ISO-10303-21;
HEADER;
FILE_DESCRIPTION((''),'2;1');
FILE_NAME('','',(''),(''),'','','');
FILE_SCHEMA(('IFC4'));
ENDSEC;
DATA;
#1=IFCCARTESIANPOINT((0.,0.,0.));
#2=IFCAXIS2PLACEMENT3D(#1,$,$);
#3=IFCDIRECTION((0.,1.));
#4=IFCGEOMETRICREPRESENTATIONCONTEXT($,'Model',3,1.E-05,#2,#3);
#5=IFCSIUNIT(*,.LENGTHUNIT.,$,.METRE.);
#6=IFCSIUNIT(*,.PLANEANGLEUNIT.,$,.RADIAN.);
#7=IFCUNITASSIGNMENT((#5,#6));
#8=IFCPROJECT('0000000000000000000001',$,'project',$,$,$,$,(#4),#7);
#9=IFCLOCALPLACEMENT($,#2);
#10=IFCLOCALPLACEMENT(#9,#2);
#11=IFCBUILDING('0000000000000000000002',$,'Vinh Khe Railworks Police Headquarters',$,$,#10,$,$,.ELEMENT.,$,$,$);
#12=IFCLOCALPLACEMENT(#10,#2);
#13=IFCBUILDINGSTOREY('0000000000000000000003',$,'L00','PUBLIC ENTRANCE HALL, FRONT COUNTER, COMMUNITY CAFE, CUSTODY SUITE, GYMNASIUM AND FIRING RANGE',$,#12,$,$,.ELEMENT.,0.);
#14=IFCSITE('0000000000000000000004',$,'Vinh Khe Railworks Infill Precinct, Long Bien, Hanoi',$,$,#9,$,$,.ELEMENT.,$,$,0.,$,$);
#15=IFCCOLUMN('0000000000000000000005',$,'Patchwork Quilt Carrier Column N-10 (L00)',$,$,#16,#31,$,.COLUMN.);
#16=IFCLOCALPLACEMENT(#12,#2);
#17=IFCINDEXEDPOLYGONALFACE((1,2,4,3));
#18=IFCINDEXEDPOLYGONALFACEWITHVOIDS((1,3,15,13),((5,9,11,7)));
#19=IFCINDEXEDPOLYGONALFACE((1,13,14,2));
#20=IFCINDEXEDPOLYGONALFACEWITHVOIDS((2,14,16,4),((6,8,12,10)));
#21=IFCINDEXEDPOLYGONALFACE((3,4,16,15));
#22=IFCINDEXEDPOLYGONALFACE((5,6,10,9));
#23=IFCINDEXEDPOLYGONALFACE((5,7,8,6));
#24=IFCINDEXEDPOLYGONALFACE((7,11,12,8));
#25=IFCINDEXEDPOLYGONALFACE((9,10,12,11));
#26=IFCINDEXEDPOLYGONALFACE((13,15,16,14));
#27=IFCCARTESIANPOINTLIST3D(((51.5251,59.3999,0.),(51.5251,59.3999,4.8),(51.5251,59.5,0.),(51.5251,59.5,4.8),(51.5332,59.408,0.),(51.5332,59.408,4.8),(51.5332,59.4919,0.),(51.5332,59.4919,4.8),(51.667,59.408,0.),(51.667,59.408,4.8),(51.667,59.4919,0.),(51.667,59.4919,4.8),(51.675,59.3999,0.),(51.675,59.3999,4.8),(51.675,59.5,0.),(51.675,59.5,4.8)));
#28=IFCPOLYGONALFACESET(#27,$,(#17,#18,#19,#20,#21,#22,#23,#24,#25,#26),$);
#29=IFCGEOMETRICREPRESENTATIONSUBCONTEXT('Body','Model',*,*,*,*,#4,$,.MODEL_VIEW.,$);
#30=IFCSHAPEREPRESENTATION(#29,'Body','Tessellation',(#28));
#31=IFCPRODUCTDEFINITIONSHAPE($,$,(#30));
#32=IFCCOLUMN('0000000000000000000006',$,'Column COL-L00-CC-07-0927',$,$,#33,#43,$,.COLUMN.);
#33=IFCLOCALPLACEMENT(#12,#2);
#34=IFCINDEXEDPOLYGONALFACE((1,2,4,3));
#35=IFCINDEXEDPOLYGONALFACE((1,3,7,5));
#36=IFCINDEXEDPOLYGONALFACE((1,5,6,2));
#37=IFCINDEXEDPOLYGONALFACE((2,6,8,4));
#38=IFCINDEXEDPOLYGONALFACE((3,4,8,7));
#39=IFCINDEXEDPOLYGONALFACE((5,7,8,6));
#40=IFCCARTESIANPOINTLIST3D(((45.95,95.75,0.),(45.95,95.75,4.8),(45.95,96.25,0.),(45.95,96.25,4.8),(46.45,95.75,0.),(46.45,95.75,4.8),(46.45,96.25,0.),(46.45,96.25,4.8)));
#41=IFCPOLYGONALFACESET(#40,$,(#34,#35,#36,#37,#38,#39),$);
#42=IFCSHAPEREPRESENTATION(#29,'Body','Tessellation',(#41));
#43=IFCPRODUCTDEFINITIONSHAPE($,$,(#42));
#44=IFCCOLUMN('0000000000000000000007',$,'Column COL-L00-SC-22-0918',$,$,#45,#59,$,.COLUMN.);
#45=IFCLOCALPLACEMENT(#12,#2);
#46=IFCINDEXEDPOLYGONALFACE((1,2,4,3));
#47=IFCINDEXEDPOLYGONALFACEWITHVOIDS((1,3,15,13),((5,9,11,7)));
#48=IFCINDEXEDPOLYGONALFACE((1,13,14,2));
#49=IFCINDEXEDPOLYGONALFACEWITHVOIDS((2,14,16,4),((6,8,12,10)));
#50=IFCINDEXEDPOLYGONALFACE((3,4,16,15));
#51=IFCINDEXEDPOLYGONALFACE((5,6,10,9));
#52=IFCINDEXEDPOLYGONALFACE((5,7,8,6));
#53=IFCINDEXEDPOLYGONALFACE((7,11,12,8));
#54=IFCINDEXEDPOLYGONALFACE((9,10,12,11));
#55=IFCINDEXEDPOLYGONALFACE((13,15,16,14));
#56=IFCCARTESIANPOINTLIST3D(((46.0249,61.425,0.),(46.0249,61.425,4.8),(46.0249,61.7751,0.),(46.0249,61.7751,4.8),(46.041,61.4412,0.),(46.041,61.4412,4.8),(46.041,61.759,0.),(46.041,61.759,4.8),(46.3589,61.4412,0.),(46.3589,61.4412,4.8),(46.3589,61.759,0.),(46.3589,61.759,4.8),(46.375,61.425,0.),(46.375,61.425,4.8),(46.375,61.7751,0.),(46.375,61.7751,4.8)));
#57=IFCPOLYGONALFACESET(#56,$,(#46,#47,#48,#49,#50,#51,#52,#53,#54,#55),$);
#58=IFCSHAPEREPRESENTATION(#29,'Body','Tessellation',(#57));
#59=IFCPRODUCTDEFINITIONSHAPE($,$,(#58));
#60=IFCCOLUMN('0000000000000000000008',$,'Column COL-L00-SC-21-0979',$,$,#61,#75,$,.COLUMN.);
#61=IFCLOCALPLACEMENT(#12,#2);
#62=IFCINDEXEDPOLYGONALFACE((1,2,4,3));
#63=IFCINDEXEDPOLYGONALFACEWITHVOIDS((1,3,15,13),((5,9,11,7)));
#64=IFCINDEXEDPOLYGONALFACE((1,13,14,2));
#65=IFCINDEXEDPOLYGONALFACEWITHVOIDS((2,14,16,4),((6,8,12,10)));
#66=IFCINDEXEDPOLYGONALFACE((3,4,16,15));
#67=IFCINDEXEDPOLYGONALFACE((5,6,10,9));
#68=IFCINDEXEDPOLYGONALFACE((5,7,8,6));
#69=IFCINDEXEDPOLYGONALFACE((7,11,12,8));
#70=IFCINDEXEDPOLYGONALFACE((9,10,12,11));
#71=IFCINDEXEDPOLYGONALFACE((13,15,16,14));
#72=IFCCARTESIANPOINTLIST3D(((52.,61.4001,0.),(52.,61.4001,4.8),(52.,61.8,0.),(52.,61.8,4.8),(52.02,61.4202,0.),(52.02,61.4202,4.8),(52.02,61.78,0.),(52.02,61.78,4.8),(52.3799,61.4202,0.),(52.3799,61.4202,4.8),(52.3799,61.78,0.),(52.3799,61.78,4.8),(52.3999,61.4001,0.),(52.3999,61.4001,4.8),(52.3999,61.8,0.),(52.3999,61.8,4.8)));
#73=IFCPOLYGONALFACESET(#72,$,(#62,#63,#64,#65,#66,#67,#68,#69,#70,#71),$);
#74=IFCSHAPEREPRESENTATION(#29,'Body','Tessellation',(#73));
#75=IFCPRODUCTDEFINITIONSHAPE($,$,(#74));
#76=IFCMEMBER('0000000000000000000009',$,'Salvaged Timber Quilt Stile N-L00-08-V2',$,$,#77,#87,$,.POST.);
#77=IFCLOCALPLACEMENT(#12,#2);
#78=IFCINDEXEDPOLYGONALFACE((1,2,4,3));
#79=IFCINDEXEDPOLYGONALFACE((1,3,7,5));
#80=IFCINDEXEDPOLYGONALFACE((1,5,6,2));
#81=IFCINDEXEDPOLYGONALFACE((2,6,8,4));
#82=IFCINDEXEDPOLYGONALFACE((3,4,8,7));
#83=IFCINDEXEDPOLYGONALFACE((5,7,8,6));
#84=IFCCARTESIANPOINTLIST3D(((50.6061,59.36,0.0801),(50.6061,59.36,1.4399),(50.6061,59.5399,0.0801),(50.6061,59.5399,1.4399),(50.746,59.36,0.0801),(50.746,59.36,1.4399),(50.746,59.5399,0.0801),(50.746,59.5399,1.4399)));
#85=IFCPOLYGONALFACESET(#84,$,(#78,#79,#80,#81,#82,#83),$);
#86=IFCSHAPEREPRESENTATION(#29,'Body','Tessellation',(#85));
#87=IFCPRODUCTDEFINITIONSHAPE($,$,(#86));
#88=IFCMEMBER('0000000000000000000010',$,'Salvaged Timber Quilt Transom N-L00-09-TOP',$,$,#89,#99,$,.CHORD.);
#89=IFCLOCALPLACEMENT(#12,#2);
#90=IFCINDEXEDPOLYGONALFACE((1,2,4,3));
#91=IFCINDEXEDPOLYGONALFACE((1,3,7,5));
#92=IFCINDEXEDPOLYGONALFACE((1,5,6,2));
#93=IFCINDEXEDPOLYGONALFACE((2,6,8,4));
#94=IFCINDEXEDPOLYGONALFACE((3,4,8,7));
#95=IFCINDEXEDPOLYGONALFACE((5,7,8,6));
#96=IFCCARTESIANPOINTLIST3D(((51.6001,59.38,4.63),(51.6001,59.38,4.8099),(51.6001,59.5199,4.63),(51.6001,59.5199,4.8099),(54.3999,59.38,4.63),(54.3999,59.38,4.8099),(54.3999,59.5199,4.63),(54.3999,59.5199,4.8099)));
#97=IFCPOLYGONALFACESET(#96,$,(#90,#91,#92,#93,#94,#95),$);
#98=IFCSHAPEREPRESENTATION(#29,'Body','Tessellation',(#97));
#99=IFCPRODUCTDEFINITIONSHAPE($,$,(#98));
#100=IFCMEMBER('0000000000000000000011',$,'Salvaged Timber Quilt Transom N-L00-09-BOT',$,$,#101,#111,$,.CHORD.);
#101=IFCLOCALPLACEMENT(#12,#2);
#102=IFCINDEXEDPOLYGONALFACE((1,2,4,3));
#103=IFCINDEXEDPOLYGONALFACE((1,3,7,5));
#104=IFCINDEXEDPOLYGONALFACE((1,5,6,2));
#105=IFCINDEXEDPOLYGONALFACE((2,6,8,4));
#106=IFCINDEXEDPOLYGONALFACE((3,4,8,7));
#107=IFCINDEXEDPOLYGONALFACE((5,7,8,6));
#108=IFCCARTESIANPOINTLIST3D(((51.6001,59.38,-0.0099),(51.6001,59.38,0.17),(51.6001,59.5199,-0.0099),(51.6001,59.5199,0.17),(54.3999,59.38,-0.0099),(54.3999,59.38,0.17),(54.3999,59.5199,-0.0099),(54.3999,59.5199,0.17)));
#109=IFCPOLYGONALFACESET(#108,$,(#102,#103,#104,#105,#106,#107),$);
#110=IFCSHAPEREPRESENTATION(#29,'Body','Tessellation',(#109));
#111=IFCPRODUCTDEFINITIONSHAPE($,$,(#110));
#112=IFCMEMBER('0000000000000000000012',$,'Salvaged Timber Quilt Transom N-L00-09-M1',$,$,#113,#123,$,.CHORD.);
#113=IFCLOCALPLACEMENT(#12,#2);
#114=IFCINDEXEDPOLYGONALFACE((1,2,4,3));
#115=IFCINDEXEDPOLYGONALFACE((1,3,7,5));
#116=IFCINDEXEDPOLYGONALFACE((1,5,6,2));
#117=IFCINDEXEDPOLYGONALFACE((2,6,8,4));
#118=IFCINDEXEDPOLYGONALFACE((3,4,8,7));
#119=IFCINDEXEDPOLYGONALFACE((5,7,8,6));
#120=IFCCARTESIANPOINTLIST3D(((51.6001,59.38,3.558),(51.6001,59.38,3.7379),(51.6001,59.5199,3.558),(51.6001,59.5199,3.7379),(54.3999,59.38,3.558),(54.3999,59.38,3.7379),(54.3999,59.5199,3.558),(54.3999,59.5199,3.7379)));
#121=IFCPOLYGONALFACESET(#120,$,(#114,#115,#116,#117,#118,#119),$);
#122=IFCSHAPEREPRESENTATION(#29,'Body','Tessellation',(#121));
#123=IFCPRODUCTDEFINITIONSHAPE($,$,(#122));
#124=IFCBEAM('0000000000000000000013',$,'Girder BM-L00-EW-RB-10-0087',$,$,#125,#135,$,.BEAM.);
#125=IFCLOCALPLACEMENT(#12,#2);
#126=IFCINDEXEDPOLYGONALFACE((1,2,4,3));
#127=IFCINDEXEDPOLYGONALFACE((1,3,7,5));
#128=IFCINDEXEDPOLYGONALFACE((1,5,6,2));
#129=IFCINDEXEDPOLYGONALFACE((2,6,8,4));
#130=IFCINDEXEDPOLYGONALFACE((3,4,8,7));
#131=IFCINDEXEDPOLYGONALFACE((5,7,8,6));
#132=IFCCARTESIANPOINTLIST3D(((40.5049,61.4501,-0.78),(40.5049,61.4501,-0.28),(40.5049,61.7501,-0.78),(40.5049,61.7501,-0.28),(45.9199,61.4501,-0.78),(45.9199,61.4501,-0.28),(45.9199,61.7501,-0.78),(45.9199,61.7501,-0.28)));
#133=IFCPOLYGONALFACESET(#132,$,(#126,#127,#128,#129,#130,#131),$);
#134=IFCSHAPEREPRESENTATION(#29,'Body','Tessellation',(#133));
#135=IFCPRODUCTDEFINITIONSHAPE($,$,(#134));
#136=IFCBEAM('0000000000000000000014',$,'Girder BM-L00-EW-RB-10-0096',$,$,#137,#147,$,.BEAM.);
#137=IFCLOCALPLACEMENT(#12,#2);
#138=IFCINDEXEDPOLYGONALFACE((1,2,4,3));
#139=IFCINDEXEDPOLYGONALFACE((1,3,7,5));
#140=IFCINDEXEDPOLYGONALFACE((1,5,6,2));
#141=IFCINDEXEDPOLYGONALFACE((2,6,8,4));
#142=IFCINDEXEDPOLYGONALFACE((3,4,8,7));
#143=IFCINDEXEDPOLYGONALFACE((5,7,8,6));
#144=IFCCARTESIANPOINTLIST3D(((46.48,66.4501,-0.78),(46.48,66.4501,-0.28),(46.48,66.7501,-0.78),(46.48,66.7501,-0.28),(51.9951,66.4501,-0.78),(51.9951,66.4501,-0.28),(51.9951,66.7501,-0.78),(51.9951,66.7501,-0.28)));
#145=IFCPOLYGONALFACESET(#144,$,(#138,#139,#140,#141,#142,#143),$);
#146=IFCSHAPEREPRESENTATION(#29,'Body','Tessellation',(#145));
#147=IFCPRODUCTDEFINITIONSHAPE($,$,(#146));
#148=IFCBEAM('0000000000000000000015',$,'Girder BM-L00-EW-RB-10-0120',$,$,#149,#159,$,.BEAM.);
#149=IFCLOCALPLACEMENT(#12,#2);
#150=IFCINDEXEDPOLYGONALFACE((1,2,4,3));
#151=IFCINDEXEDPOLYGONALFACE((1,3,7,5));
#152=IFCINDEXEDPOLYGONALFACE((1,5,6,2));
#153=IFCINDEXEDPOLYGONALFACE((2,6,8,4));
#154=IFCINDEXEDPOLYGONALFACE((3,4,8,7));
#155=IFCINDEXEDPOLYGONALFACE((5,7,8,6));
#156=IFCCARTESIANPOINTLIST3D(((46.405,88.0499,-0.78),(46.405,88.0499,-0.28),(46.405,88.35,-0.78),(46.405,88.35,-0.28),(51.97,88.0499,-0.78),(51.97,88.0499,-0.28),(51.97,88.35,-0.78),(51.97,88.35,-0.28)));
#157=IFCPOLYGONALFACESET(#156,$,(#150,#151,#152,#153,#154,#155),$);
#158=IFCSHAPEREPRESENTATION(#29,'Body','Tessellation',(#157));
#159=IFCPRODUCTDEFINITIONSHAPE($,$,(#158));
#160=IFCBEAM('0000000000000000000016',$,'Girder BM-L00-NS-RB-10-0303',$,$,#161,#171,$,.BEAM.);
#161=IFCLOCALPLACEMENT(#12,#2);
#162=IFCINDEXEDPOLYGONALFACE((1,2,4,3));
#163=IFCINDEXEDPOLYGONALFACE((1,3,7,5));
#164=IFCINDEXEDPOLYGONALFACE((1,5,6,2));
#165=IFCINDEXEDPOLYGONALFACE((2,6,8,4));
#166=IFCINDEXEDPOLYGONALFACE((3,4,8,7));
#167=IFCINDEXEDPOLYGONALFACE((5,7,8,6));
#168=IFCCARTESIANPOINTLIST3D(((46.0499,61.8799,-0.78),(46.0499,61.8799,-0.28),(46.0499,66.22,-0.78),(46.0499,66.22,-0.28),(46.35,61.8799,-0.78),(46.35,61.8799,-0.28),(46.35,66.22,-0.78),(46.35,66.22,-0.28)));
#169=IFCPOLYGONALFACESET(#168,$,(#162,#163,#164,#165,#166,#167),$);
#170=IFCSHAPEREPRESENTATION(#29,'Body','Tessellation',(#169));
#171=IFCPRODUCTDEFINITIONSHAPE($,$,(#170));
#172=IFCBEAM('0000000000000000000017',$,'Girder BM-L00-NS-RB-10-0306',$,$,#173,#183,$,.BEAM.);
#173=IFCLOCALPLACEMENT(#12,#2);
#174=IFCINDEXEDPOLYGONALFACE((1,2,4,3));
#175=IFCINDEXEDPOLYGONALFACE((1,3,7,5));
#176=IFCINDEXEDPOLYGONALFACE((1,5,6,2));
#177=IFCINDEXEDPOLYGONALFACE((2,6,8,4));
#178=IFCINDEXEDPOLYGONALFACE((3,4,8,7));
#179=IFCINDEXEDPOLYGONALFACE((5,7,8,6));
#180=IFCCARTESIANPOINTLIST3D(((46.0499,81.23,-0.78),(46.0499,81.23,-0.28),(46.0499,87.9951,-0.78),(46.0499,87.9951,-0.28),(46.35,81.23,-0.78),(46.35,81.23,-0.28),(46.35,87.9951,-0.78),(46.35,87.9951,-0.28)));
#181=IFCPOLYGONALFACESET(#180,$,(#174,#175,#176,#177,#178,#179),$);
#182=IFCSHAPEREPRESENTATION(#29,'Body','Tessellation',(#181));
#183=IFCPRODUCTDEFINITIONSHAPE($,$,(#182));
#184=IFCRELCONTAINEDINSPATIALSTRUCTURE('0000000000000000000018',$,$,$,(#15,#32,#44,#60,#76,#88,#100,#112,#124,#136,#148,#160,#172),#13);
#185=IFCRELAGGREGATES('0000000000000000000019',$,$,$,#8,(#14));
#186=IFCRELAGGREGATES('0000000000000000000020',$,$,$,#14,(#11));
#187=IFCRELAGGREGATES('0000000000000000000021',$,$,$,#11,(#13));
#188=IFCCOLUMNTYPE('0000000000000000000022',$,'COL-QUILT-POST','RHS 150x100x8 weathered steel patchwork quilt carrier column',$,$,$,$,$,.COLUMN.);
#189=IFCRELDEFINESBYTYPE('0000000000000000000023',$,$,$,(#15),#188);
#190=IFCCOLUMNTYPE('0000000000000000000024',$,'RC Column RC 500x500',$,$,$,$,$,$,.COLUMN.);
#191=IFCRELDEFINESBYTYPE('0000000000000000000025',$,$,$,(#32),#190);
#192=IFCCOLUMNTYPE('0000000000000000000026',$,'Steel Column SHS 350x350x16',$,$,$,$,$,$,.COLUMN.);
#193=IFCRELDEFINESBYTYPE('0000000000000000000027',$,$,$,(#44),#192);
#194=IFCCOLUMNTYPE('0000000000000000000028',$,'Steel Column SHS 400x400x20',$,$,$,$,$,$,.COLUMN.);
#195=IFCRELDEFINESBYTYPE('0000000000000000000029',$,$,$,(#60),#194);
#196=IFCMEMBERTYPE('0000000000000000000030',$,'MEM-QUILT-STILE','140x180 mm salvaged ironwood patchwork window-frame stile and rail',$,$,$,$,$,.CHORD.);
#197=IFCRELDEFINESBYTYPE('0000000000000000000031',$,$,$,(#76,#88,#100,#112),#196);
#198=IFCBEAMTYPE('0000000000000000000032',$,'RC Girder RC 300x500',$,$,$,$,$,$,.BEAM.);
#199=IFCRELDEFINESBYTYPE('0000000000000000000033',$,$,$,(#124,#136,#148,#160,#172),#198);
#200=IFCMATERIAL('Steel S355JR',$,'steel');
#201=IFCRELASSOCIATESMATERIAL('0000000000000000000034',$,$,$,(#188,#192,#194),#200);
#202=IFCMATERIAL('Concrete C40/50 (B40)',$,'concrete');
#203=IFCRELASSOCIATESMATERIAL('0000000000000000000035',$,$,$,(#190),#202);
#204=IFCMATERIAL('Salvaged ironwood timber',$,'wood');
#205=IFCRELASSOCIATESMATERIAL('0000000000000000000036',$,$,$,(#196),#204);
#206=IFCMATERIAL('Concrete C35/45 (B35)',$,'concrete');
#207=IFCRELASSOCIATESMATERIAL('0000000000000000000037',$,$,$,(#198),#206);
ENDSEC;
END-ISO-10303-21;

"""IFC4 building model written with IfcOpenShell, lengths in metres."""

from ifc_helpers import new_model, si_unit, direction, frame, origin, origin_2d, place, context, subcontext, project, spatial, rectangle, hollow_rectangle, extrude, material, material_profile, profile_set, type_object, element, save


model = new_model("IFC4")

# Units and contexts
model_context = context("Model", 3, precision=1e-05, world=origin(), true_north=direction((0.0, 1.0)))
body_context = subcontext(model_context, "Body", "Model", "MODEL_VIEW")
ifc_project = project(units=[si_unit("LENGTHUNIT", "METRE"), si_unit("PLANEANGLEUNIT", "RADIAN")], contexts=[model_context])

# Site, building, storey
site_placement = place(None, origin())
site = spatial("IfcSite", under=ifc_project, at=site_placement, Name="Vinh Khe Railworks Infill Precinct, Long Bien, Hanoi", CompositionType="ELEMENT", RefElevation=0.0)
building_placement = place(site_placement, origin())
building = spatial("IfcBuilding", under=site, at=building_placement, Name="Vinh Khe Railworks Police Headquarters", CompositionType="ELEMENT")
storey_placement = place(building_placement, origin())
storey = spatial("IfcBuildingStorey", under=building, at=storey_placement, Name="L00", Description="PUBLIC ENTRANCE HALL, FRONT COUNTER, COMMUNITY CAFE, CUSTODY SUITE, GYMNASIUM AND FIRING RANGE", CompositionType="ELEMENT", Elevation=0.0)

# Columns
ifc_material_1 = material(Name="Steel S355JR", Category="steel")
ifc_material_profile_1 = material_profile(ifc_material_1, hollow_rectangle(XDim=0.1499, YDim=0.1001, WallThickness=0.0081, at=origin_2d()), Name="RHS 150x100x8")
ifc_profile_set_1 = profile_set([ifc_material_profile_1], Name="Steel S355JR")
column_type_1 = type_object("IfcColumnType", Name="COL-QUILT-POST", Description="RHS 150x100x8 weathered steel patchwork quilt carrier column", PredefinedType="COLUMN", material=ifc_profile_set_1)
column_1_placement = place(storey_placement, frame((51.6001, 59.45, 0.0), z_axis=(0.0, 0.0, 1.0), x_axis=(1.0, 0.0, 0.0)))
element("IfcColumn", 1, at=column_1_placement, inside=storey, type_object=column_type_1, Name="Patchwork Quilt Carrier Column N-10 (L00)", PredefinedType="COLUMN", context=body_context, shape_type="SweptSolid", body=[
    extrude(hollow_rectangle(XDim=0.1499, YDim=0.1001, WallThickness=0.0081, at=origin_2d()), origin(), (0.0, 0.0, 1.0), 4.8),
])
ifc_material_2 = material(Name="Concrete C40/50 (B40)", Category="concrete")
ifc_material_profile_2 = material_profile(ifc_material_2, rectangle(XDim=0.5, YDim=0.5, at=origin_2d()), Name="RC 500x500")
ifc_profile_set_2 = profile_set([ifc_material_profile_2], Name="Concrete C40/50 (B40)")
column_type_2 = type_object("IfcColumnType", Name="RC Column RC 500x500", PredefinedType="COLUMN", material=ifc_profile_set_2)
column_2_placement = place(storey_placement, frame((46.2, 96.0, 0.0), z_axis=(0.0, 0.0, 1.0), x_axis=(1.0, 0.0, 0.0)))
element("IfcColumn", 2, at=column_2_placement, inside=storey, type_object=column_type_2, Name="Column COL-L00-CC-07-0927", PredefinedType="COLUMN", context=body_context, shape_type="SweptSolid", body=[
    extrude(rectangle(XDim=0.5, YDim=0.5, at=origin_2d()), origin(), (0.0, 0.0, 1.0), 4.8),
])
ifc_material_profile_3 = material_profile(ifc_material_1, hollow_rectangle(XDim=0.3501, YDim=0.3501, WallThickness=0.0161, at=origin_2d()), Name="SHS 350x350x16")
ifc_profile_set_3 = profile_set([ifc_material_profile_3], Name="Steel S355JR")
column_type_3 = type_object("IfcColumnType", Name="Steel Column SHS 350x350x16", PredefinedType="COLUMN", material=ifc_profile_set_3)
column_3_placement = place(storey_placement, frame((46.2, 61.6001, 0.0), z_axis=(0.0, 0.0, 1.0), x_axis=(1.0, 0.0, 0.0)))
element("IfcColumn", 3, at=column_3_placement, inside=storey, type_object=column_type_3, Name="Column COL-L00-SC-22-0918", PredefinedType="COLUMN", context=body_context, shape_type="SweptSolid", body=[
    extrude(hollow_rectangle(XDim=0.3501, YDim=0.3501, WallThickness=0.0161, at=origin_2d()), origin(), (0.0, 0.0, 1.0), 4.8),
])
ifc_material_profile_4 = material_profile(ifc_material_1, hollow_rectangle(XDim=0.3999, YDim=0.3999, WallThickness=0.02, at=origin_2d()), Name="SHS 400x400x20")
ifc_profile_set_4 = profile_set([ifc_material_profile_4], Name="Steel S355JR")
column_type_4 = type_object("IfcColumnType", Name="Steel Column SHS 400x400x20", PredefinedType="COLUMN", material=ifc_profile_set_4)
column_4_placement = place(storey_placement, frame((52.2, 61.6001, 0.0), z_axis=(0.0, 0.0, 1.0), x_axis=(1.0, 0.0, 0.0)))
element("IfcColumn", 4, at=column_4_placement, inside=storey, type_object=column_type_4, Name="Column COL-L00-SC-21-0979", PredefinedType="COLUMN", context=body_context, shape_type="SweptSolid", body=[
    extrude(hollow_rectangle(XDim=0.3999, YDim=0.3999, WallThickness=0.02, at=origin_2d()), origin(), (0.0, 0.0, 1.0), 4.8),
])

# Members
ifc_material_3 = material(Name="Salvaged ironwood timber", Category="wood")
ifc_material_profile_5 = material_profile(ifc_material_3, rectangle(XDim=0.1399, YDim=0.1799, at=origin_2d()), Name="TIMBER 140x180")
ifc_profile_set_5 = profile_set([ifc_material_profile_5], Name="Salvaged ironwood timber")
member_type = type_object("IfcMemberType", Name="MEM-QUILT-STILE", Description="140x180 mm salvaged ironwood patchwork window-frame stile and rail", PredefinedType="CHORD", material=ifc_profile_set_5)
member_placement = place(storey_placement, frame((50.676, 59.45, 0.0801), z_axis=(0.0, 0.0, 1.0), x_axis=(1.0, 0.0, 0.0)))
element("IfcMember", 5, at=member_placement, inside=storey, type_object=member_type, Name="Salvaged Timber Quilt Stile N-L00-08-V2", PredefinedType="POST", context=body_context, shape_type="SweptSolid", body=[
    extrude(rectangle(XDim=0.1399, YDim=0.1799, at=origin_2d()), origin(), (0.0, 0.0, 1.0), 1.3599),
])
for number, where, z_axis, x_axis, name in (
    (6, (51.6001, 59.45, 4.72), (1.0, 0.0, 0.0), (0.0, 1.0, 0.0), "Salvaged Timber Quilt Transom N-L00-09-TOP"),
    (7, (51.6001, 59.45, 0.0801), (1.0, 0.0, 0.0), (0.0, 1.0, 0.0), "Salvaged Timber Quilt Transom N-L00-09-BOT"),
    (8, (51.6001, 59.45, 3.6479), (1.0, 0.0, 0.0), (0.0, 1.0, 0.0), "Salvaged Timber Quilt Transom N-L00-09-M1"),
):
    element("IfcMember", number, at=place(storey_placement, frame(where, z_axis=z_axis, x_axis=x_axis)), inside=storey, type_object=member_type, Name=name, PredefinedType="CHORD", context=body_context, shape_type="SweptSolid", body=[
        extrude(rectangle(XDim=0.1399, YDim=0.1799, at=origin_2d()), origin(), (0.0, 0.0, 1.0), 2.7998),
    ])

# Beams
ifc_material_4 = material(Name="Concrete C35/45 (B35)", Category="concrete")
ifc_material_profile_6 = material_profile(ifc_material_4, rectangle(XDim=0.3, YDim=0.5, at=origin_2d()), Name="RC 300x500")
ifc_profile_set_6 = profile_set([ifc_material_profile_6], Name="Concrete C35/45 (B35)")
beam_type_1 = type_object("IfcBeamType", Name="RC Girder RC 300x500", PredefinedType="BEAM", material=ifc_profile_set_6)
beam_1_placement = place(storey_placement, frame((40.5049, 61.6001, -0.53), z_axis=(1.0, 0.0, 0.0), x_axis=(0.0, 1.0, 0.0)))
element("IfcBeam", 9, at=beam_1_placement, inside=storey, type_object=beam_type_1, Name="Girder BM-L00-EW-RB-10-0087", PredefinedType="BEAM", context=body_context, shape_type="SweptSolid", body=[
    extrude(rectangle(XDim=0.3, YDim=0.5, at=origin_2d()), origin(), (0.0, 0.0, 1.0), 5.415),
])
beam_2_placement = place(storey_placement, frame((46.48, 66.6001, -0.53), z_axis=(1.0, 0.0, 0.0), x_axis=(0.0, 1.0, 0.0)))
element("IfcBeam", 10, at=beam_2_placement, inside=storey, type_object=beam_type_1, Name="Girder BM-L00-EW-RB-10-0096", PredefinedType="BEAM", context=body_context, shape_type="SweptSolid", body=[
    extrude(rectangle(XDim=0.3, YDim=0.5, at=origin_2d()), origin(), (0.0, 0.0, 1.0), 5.5151),
])
beam_3_placement = place(storey_placement, frame((46.405, 88.2, -0.53), z_axis=(1.0, 0.0, 0.0), x_axis=(0.0, 1.0, 0.0)))
element("IfcBeam", 11, at=beam_3_placement, inside=storey, type_object=beam_type_1, Name="Girder BM-L00-EW-RB-10-0120", PredefinedType="BEAM", context=body_context, shape_type="SweptSolid", body=[
    extrude(rectangle(XDim=0.3, YDim=0.5, at=origin_2d()), origin(), (0.0, 0.0, 1.0), 5.5649),
])
beam_4_placement = place(storey_placement, frame((46.2, 61.8799, -0.53), z_axis=(0.0, 1.0, 0.0), x_axis=(-1.0, 0.0, 0.0)))
element("IfcBeam", 12, at=beam_4_placement, inside=storey, type_object=beam_type_1, Name="Girder BM-L00-NS-RB-10-0303", PredefinedType="BEAM", context=body_context, shape_type="SweptSolid", body=[
    extrude(rectangle(XDim=0.3, YDim=0.5, at=origin_2d()), origin(), (0.0, 0.0, 1.0), 4.3401),
])
beam_5_placement = place(storey_placement, frame((46.2, 81.23, -0.53), z_axis=(0.0, 1.0, 0.0), x_axis=(-1.0, 0.0, 0.0)))
element("IfcBeam", 13, at=beam_5_placement, inside=storey, type_object=beam_type_1, Name="Girder BM-L00-NS-RB-10-0306", PredefinedType="BEAM", context=body_context, shape_type="SweptSolid", body=[
    extrude(rectangle(XDim=0.3, YDim=0.5, at=origin_2d()), origin(), (0.0, 0.0, 1.0), 6.7651),
])

save(model, "model.ifc")
